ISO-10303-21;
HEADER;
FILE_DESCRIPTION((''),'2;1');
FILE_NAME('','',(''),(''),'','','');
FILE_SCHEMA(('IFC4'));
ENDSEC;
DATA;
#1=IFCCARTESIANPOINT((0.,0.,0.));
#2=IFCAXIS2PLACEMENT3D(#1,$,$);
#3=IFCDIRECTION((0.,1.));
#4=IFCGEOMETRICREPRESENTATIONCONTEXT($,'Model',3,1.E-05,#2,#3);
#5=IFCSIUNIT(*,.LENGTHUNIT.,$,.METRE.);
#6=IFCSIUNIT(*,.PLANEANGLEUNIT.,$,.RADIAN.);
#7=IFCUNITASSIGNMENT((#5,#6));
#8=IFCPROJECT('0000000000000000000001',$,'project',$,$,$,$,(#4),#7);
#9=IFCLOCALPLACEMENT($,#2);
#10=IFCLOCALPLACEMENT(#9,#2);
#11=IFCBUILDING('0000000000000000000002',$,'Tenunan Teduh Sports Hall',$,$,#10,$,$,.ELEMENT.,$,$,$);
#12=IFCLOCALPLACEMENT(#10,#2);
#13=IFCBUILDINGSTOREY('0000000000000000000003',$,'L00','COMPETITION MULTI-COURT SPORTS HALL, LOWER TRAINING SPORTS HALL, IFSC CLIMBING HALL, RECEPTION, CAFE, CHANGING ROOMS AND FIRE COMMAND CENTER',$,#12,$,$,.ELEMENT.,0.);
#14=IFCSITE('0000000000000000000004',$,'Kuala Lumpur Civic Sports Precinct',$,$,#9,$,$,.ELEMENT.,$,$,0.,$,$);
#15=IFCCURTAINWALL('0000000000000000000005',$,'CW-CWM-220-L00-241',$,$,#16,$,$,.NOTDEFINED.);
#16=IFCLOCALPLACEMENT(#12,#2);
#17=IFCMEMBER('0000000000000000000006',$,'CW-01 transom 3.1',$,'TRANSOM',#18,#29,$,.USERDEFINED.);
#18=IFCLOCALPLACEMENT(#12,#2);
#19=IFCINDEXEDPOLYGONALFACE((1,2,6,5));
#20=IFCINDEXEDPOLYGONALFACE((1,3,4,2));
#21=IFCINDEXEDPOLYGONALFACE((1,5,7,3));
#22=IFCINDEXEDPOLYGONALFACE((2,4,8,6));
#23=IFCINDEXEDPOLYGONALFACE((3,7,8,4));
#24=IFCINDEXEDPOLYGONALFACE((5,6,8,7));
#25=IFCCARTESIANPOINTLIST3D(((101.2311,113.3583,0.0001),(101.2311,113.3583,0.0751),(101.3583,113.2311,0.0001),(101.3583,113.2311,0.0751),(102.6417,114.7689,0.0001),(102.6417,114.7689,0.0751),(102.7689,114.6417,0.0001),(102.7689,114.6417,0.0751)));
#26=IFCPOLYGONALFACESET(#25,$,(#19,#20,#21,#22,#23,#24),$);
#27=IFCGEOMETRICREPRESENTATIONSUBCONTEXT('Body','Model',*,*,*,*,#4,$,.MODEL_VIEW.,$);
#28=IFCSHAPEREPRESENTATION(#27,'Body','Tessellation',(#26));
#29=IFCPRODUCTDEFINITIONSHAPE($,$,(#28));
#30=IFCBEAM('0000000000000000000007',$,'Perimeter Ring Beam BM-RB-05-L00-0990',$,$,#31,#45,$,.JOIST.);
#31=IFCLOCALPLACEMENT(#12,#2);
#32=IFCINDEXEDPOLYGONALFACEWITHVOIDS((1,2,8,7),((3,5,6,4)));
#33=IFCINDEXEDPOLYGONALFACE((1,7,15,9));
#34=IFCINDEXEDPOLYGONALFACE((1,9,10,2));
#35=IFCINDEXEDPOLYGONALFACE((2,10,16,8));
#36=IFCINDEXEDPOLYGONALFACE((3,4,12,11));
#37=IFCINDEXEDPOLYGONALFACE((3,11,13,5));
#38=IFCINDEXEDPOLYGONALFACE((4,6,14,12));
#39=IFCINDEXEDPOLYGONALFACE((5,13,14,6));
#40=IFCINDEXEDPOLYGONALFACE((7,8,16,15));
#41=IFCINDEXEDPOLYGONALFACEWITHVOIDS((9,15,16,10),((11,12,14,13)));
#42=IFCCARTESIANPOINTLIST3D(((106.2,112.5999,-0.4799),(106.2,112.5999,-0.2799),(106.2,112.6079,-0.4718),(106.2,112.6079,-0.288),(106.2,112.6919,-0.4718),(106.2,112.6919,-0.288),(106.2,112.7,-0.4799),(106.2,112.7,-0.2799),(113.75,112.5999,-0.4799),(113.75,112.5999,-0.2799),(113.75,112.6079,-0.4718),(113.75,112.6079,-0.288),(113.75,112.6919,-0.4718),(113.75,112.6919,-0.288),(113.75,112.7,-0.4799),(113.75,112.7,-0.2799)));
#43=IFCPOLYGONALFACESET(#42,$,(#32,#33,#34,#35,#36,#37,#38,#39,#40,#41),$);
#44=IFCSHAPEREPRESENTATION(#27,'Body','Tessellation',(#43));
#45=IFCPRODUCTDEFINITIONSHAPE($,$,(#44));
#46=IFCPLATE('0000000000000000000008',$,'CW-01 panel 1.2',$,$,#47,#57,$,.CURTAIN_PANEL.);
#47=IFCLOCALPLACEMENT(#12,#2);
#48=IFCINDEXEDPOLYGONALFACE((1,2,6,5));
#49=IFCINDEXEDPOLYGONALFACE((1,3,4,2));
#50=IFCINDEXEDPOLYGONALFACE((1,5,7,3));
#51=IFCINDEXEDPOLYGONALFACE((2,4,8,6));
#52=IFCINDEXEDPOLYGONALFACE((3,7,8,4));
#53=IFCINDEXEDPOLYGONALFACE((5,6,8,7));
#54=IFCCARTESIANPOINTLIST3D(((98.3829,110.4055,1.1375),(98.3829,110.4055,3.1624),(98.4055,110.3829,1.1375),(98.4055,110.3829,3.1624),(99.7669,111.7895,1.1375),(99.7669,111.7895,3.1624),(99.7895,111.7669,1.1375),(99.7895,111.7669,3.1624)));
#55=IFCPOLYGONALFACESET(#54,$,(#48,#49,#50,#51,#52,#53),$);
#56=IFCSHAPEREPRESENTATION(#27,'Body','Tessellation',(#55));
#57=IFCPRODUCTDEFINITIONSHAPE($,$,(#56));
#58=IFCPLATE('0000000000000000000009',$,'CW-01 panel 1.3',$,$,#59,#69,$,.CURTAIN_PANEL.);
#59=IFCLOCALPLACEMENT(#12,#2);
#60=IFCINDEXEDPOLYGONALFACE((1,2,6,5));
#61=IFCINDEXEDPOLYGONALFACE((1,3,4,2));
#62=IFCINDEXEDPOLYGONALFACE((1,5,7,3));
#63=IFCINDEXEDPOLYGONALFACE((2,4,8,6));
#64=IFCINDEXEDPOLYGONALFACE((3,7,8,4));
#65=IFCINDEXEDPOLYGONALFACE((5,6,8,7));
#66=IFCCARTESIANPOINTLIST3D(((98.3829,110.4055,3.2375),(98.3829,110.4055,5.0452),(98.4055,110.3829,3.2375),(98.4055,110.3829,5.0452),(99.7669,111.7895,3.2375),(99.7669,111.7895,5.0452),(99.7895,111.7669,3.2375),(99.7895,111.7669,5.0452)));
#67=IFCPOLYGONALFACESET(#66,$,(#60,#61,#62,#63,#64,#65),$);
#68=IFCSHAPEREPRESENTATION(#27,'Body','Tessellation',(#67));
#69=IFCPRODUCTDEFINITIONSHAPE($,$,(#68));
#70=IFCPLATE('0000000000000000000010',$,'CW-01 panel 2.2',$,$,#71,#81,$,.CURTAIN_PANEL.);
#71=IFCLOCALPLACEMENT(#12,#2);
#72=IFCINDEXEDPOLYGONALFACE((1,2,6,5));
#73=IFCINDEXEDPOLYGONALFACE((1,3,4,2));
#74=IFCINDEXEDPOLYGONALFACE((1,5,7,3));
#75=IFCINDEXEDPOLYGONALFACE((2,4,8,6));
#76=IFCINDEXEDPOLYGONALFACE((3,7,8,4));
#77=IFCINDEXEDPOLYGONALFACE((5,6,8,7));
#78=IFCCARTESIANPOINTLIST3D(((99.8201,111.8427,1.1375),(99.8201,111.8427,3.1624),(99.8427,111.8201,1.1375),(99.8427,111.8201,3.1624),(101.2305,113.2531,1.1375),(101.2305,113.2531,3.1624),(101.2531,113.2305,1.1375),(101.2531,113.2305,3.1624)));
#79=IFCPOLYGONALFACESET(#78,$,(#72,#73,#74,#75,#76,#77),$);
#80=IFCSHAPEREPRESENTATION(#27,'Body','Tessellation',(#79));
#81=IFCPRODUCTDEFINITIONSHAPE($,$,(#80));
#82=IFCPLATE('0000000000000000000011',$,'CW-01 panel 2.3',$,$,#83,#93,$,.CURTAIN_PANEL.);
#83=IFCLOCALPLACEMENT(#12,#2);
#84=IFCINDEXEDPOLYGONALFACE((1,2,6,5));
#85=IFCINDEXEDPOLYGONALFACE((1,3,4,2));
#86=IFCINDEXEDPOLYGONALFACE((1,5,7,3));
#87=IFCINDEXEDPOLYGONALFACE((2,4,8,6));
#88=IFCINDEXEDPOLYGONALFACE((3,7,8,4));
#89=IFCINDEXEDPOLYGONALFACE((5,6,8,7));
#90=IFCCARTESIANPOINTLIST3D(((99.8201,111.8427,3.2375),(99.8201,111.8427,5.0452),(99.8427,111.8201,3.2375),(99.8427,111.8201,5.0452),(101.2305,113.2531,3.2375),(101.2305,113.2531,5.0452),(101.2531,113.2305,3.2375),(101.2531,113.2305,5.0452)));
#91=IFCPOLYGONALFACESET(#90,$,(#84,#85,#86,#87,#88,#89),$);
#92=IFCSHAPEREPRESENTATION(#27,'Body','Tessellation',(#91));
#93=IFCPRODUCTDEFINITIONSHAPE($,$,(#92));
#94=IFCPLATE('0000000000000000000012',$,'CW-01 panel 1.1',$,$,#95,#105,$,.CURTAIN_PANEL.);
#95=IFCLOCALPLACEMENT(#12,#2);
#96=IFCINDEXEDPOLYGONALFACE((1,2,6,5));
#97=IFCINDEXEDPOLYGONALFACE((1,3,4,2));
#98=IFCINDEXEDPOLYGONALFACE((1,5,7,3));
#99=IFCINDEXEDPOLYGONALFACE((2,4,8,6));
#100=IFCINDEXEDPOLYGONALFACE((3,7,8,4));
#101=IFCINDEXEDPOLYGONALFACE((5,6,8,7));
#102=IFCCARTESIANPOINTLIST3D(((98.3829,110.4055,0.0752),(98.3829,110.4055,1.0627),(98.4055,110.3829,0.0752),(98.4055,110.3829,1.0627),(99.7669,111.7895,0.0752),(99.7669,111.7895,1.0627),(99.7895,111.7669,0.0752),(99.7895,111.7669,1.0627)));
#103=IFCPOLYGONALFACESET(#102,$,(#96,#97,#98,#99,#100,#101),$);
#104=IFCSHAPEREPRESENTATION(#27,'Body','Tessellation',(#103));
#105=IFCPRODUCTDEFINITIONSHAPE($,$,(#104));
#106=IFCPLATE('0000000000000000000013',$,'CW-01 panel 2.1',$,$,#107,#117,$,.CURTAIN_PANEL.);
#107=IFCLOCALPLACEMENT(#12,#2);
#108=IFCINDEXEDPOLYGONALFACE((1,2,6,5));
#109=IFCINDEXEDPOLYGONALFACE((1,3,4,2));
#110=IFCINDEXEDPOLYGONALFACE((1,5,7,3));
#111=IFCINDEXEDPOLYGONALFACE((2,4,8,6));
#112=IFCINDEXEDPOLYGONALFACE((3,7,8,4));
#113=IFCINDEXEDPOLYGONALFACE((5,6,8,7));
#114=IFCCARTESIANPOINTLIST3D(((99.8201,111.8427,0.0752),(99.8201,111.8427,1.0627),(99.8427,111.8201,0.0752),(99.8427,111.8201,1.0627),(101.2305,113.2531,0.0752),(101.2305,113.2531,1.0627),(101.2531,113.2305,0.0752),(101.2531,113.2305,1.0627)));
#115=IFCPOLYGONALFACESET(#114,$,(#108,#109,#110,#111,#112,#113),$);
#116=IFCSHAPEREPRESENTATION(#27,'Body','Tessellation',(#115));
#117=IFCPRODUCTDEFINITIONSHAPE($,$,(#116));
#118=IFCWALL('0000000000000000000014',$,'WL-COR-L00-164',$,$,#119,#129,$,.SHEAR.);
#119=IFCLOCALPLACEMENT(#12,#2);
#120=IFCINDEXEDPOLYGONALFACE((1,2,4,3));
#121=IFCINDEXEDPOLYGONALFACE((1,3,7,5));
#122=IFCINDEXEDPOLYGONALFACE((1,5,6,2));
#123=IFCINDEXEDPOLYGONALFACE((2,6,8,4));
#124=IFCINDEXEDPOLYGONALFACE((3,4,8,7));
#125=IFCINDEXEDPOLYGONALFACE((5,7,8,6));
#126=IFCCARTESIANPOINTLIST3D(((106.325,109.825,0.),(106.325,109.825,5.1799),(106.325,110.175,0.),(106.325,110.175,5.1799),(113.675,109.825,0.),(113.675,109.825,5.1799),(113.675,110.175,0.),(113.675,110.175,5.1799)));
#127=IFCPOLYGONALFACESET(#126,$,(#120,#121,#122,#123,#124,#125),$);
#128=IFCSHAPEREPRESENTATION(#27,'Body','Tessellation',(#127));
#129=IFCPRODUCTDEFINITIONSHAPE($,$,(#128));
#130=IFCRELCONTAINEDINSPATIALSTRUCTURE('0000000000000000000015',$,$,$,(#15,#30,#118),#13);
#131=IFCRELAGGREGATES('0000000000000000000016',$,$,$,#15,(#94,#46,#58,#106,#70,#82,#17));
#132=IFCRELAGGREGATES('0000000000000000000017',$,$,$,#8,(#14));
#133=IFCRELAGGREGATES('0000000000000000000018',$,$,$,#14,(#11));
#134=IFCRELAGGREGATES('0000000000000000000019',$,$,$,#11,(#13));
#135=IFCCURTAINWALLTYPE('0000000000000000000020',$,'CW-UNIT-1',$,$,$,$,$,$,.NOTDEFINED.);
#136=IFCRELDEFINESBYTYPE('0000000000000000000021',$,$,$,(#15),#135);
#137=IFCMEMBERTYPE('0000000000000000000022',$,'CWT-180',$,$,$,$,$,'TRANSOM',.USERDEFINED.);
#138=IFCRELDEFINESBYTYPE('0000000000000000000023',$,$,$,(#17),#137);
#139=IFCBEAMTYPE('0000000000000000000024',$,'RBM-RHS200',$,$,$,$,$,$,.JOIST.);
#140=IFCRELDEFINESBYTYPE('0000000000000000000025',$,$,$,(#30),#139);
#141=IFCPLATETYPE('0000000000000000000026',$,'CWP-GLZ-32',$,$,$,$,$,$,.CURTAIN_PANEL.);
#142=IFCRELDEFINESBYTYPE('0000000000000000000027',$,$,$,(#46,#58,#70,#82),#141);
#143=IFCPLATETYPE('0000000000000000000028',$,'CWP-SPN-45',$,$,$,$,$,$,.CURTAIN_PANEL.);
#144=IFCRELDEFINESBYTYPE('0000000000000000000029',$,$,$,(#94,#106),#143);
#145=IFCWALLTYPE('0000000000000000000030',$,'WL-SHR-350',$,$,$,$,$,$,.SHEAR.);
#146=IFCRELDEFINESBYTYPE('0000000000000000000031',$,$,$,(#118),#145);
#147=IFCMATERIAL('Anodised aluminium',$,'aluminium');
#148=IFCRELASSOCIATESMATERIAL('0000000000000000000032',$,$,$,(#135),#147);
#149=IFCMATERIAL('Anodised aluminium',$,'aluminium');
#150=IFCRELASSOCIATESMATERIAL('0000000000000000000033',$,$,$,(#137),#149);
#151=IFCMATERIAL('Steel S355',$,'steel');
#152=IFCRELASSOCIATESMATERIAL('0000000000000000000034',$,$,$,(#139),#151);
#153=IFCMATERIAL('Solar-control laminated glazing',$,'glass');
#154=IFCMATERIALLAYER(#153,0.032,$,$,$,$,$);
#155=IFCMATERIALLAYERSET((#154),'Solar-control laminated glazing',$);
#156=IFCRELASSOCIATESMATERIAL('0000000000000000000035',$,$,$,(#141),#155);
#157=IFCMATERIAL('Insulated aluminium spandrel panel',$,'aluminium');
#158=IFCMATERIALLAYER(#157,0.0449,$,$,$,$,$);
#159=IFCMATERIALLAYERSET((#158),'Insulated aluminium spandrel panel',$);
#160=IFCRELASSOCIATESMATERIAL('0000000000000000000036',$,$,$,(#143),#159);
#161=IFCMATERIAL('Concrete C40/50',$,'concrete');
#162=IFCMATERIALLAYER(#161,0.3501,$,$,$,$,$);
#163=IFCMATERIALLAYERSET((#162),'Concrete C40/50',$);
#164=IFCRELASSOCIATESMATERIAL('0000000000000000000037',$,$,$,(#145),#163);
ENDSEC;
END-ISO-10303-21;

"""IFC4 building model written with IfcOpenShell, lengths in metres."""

from ifc_helpers import new_model, si_unit, direction, frame, frame_2d, origin, origin_2d, place, context, subcontext, project, spatial, rectangle, hollow_rectangle, extrude, material, layer, layer_set, material_profile, profile_set, type_object, element, aggregate, save


model = new_model("IFC4")

# Units and contexts
model_context = context("Model", 3, precision=1e-05, world=origin(), true_north=direction((0.0, 1.0)))
body_context = subcontext(model_context, "Body", "Model", "MODEL_VIEW")
ifc_project = project(units=[si_unit("LENGTHUNIT", "METRE"), si_unit("PLANEANGLEUNIT", "RADIAN")], contexts=[model_context])

# Site, building, storey
site_placement = place(None, origin())
site = spatial("IfcSite", under=ifc_project, at=site_placement, Name="Kuala Lumpur Civic Sports Precinct", CompositionType="ELEMENT", RefElevation=0.0)
building_placement = place(site_placement, origin())
building = spatial("IfcBuilding", under=site, at=building_placement, Name="Tenunan Teduh Sports Hall", CompositionType="ELEMENT")
storey_placement = place(building_placement, origin())
storey = spatial("IfcBuildingStorey", under=building, at=storey_placement, Name="L00", Description="COMPETITION MULTI-COURT SPORTS HALL, LOWER TRAINING SPORTS HALL, IFSC CLIMBING HALL, RECEPTION, CAFE, CHANGING ROOMS AND FIRE COMMAND CENTER", CompositionType="ELEMENT", Elevation=0.0)

# Curtain wall, member
ifc_material_1 = material(Name="Anodised aluminium", Category="aluminium")
curtain_wall_type = type_object("IfcCurtainWallType", Name="CW-UNIT-1", PredefinedType="NOTDEFINED", material=ifc_material_1)
curtain_wall_placement = place(storey_placement, origin())
curtain_wall = element("IfcCurtainWall", 1, at=curtain_wall_placement, inside=storey, type_object=curtain_wall_type, Name="CW-CWM-220-L00-241", PredefinedType="NOTDEFINED")
ifc_material_2 = material(Name="Anodised aluminium", Category="aluminium")
ifc_material_profile_1 = material_profile(ifc_material_2, rectangle(XDim=0.075, YDim=0.1799, at=origin_2d()), Name="CWT 75x180")
ifc_profile_set_1 = profile_set([ifc_material_profile_1], Name="Anodised aluminium")
member_type_1 = type_object("IfcMemberType", Name="CWT-180", ElementType="TRANSOM", PredefinedType="USERDEFINED", material=ifc_profile_set_1)
member_1_placement = place(storey_placement, frame((101.2947, 113.2947, 0.0376), z_axis=(0.707107, 0.707107, 0.0), x_axis=(0.0, 0.0, 1.0)))
member_1 = element("IfcMember", 2, at=member_1_placement, type_object=member_type_1, Name="CW-01 transom 3.1", ObjectType="TRANSOM", PredefinedType="USERDEFINED", context=body_context, shape_type="SweptSolid", body=[
    extrude(rectangle(XDim=0.075, YDim=0.1799, at=origin_2d()), origin(), (0.0, 0.0, 1.0), 1.9949),
])

# Beam
ifc_material_3 = material(Name="Steel S355", Category="steel")
ifc_material_profile_2 = material_profile(ifc_material_3, hollow_rectangle(XDim=0.1001, YDim=0.2, WallThickness=0.0081, at=origin_2d()), Name="RHS 200x100x8.0")
ifc_profile_set_2 = profile_set([ifc_material_profile_2], Name="Steel S355")
beam_type_1 = type_object("IfcBeamType", Name="RBM-RHS200", PredefinedType="JOIST", material=ifc_profile_set_2)
beam_1_placement = place(storey_placement, frame((106.2, 112.6499, -0.3799), z_axis=(1.0, 0.0, 0.0), x_axis=(0.0, 1.0, 0.0)))
element("IfcBeam", 3, at=beam_1_placement, inside=storey, type_object=beam_type_1, Name="Perimeter Ring Beam BM-RB-05-L00-0990", PredefinedType="JOIST", context=body_context, shape_type="SweptSolid", body=[
    extrude(hollow_rectangle(XDim=0.1001, YDim=0.2, WallThickness=0.0081, at=origin_2d()), origin(), (0.0, 0.0, 1.0), 7.55),
])

# Plates
ifc_material_4 = material(Name="Solar-control laminated glazing", Category="glass")
ifc_layer_1 = layer(ifc_material_4, 0.032)
ifc_layer_set_1 = layer_set([ifc_layer_1], Name="Solar-control laminated glazing")
plate_type_1 = type_object("IfcPlateType", Name="CWP-GLZ-32", PredefinedType="CURTAIN_PANEL", material=ifc_layer_set_1)
plate_1_placement = place(storey_placement, frame((99.0862, 111.0862, 1.1375), z_axis=(0.0, 0.0, 1.0), x_axis=(0.707107, 0.707107, 0.0)))
plate_1 = element("IfcPlate", 4, at=plate_1_placement, type_object=plate_type_1, Name="CW-01 panel 1.2", PredefinedType="CURTAIN_PANEL", context=body_context, shape_type="SweptSolid", body=[
    extrude(rectangle(XDim=1.9573, YDim=0.032, at=origin_2d()), origin(), (0.0, 0.0, 1.0), 2.0249),
])
plate_2_placement = place(storey_placement, frame((99.0862, 111.0862, 3.2375), z_axis=(0.0, 0.0, 1.0), x_axis=(0.707107, 0.707107, 0.0)))
plate_2 = element("IfcPlate", 5, at=plate_2_placement, type_object=plate_type_1, Name="CW-01 panel 1.3", PredefinedType="CURTAIN_PANEL", context=body_context, shape_type="SweptSolid", body=[
    extrude(rectangle(XDim=1.9573, YDim=0.032, at=origin_2d()), origin(), (0.0, 0.0, 1.0), 1.8076),
])
plate_3_placement = place(storey_placement, frame((100.5366, 112.5366, 1.1375), z_axis=(0.0, 0.0, 1.0), x_axis=(0.707107, 0.707107, 0.0)))
plate_3 = element("IfcPlate", 6, at=plate_3_placement, type_object=plate_type_1, Name="CW-01 panel 2.2", PredefinedType="CURTAIN_PANEL", context=body_context, shape_type="SweptSolid", body=[
    extrude(rectangle(XDim=1.9946, YDim=0.032, at=origin_2d()), origin(), (0.0, 0.0, 1.0), 2.0249),
])
plate_4_placement = place(storey_placement, frame((100.5366, 112.5366, 3.2375), z_axis=(0.0, 0.0, 1.0), x_axis=(0.707107, 0.707107, 0.0)))
plate_4 = element("IfcPlate", 7, at=plate_4_placement, type_object=plate_type_1, Name="CW-01 panel 2.3", PredefinedType="CURTAIN_PANEL", context=body_context, shape_type="SweptSolid", body=[
    extrude(rectangle(XDim=1.9946, YDim=0.032, at=origin_2d()), origin(), (0.0, 0.0, 1.0), 1.8076),
])
ifc_material_5 = material(Name="Insulated aluminium spandrel panel", Category="aluminium")
ifc_layer_2 = layer(ifc_material_5, 0.0449)
ifc_layer_set_2 = layer_set([ifc_layer_2], Name="Insulated aluminium spandrel panel")
plate_type_2 = type_object("IfcPlateType", Name="CWP-SPN-45", PredefinedType="CURTAIN_PANEL", material=ifc_layer_set_2)
plate_5_placement = place(storey_placement, frame((99.0862, 111.0862, 0.0752), z_axis=(0.0, 0.0, 1.0), x_axis=(0.707107, 0.707107, 0.0)))
plate_5 = element("IfcPlate", 8, at=plate_5_placement, type_object=plate_type_2, Name="CW-01 panel 1.1", PredefinedType="CURTAIN_PANEL", context=body_context, shape_type="SweptSolid", body=[
    extrude(rectangle(XDim=1.9573, YDim=0.032, at=origin_2d()), origin(), (0.0, 0.0, 1.0), 0.9875),
])
plate_6_placement = place(storey_placement, frame((100.5366, 112.5366, 0.0752), z_axis=(0.0, 0.0, 1.0), x_axis=(0.707107, 0.707107, 0.0)))
plate_6 = element("IfcPlate", 9, at=plate_6_placement, type_object=plate_type_2, Name="CW-01 panel 2.1", PredefinedType="CURTAIN_PANEL", context=body_context, shape_type="SweptSolid", body=[
    extrude(rectangle(XDim=1.9946, YDim=0.032, at=origin_2d()), origin(), (0.0, 0.0, 1.0), 0.9875),
])
aggregate(curtain_wall, [plate_5, plate_1, plate_2, plate_6, plate_3, plate_4, member_1])

# Wall
ifc_material_6 = material(Name="Concrete C40/50", Category="concrete")
ifc_layer_3 = layer(ifc_material_6, 0.3501)
ifc_layer_set_3 = layer_set([ifc_layer_3], Name="Concrete C40/50")
wall_type = type_object("IfcWallType", Name="WL-SHR-350", PredefinedType="SHEAR", material=ifc_layer_set_3)
wall_placement = place(storey_placement, frame((106.325, 110.0, 0.0), z_axis=(0.0, 0.0, 1.0), x_axis=(1.0, 0.0, 0.0)))
element("IfcWall", 10, at=wall_placement, inside=storey, type_object=wall_type, Name="WL-COR-L00-164", PredefinedType="SHEAR", context=body_context, shape_type="SweptSolid", body=[
    extrude(rectangle(XDim=7.3501, YDim=0.3501, at=frame_2d((3.675, 0.0))), origin(), (0.0, 0.0, 1.0), 5.1799),
])

save(model, "model.ifc")
